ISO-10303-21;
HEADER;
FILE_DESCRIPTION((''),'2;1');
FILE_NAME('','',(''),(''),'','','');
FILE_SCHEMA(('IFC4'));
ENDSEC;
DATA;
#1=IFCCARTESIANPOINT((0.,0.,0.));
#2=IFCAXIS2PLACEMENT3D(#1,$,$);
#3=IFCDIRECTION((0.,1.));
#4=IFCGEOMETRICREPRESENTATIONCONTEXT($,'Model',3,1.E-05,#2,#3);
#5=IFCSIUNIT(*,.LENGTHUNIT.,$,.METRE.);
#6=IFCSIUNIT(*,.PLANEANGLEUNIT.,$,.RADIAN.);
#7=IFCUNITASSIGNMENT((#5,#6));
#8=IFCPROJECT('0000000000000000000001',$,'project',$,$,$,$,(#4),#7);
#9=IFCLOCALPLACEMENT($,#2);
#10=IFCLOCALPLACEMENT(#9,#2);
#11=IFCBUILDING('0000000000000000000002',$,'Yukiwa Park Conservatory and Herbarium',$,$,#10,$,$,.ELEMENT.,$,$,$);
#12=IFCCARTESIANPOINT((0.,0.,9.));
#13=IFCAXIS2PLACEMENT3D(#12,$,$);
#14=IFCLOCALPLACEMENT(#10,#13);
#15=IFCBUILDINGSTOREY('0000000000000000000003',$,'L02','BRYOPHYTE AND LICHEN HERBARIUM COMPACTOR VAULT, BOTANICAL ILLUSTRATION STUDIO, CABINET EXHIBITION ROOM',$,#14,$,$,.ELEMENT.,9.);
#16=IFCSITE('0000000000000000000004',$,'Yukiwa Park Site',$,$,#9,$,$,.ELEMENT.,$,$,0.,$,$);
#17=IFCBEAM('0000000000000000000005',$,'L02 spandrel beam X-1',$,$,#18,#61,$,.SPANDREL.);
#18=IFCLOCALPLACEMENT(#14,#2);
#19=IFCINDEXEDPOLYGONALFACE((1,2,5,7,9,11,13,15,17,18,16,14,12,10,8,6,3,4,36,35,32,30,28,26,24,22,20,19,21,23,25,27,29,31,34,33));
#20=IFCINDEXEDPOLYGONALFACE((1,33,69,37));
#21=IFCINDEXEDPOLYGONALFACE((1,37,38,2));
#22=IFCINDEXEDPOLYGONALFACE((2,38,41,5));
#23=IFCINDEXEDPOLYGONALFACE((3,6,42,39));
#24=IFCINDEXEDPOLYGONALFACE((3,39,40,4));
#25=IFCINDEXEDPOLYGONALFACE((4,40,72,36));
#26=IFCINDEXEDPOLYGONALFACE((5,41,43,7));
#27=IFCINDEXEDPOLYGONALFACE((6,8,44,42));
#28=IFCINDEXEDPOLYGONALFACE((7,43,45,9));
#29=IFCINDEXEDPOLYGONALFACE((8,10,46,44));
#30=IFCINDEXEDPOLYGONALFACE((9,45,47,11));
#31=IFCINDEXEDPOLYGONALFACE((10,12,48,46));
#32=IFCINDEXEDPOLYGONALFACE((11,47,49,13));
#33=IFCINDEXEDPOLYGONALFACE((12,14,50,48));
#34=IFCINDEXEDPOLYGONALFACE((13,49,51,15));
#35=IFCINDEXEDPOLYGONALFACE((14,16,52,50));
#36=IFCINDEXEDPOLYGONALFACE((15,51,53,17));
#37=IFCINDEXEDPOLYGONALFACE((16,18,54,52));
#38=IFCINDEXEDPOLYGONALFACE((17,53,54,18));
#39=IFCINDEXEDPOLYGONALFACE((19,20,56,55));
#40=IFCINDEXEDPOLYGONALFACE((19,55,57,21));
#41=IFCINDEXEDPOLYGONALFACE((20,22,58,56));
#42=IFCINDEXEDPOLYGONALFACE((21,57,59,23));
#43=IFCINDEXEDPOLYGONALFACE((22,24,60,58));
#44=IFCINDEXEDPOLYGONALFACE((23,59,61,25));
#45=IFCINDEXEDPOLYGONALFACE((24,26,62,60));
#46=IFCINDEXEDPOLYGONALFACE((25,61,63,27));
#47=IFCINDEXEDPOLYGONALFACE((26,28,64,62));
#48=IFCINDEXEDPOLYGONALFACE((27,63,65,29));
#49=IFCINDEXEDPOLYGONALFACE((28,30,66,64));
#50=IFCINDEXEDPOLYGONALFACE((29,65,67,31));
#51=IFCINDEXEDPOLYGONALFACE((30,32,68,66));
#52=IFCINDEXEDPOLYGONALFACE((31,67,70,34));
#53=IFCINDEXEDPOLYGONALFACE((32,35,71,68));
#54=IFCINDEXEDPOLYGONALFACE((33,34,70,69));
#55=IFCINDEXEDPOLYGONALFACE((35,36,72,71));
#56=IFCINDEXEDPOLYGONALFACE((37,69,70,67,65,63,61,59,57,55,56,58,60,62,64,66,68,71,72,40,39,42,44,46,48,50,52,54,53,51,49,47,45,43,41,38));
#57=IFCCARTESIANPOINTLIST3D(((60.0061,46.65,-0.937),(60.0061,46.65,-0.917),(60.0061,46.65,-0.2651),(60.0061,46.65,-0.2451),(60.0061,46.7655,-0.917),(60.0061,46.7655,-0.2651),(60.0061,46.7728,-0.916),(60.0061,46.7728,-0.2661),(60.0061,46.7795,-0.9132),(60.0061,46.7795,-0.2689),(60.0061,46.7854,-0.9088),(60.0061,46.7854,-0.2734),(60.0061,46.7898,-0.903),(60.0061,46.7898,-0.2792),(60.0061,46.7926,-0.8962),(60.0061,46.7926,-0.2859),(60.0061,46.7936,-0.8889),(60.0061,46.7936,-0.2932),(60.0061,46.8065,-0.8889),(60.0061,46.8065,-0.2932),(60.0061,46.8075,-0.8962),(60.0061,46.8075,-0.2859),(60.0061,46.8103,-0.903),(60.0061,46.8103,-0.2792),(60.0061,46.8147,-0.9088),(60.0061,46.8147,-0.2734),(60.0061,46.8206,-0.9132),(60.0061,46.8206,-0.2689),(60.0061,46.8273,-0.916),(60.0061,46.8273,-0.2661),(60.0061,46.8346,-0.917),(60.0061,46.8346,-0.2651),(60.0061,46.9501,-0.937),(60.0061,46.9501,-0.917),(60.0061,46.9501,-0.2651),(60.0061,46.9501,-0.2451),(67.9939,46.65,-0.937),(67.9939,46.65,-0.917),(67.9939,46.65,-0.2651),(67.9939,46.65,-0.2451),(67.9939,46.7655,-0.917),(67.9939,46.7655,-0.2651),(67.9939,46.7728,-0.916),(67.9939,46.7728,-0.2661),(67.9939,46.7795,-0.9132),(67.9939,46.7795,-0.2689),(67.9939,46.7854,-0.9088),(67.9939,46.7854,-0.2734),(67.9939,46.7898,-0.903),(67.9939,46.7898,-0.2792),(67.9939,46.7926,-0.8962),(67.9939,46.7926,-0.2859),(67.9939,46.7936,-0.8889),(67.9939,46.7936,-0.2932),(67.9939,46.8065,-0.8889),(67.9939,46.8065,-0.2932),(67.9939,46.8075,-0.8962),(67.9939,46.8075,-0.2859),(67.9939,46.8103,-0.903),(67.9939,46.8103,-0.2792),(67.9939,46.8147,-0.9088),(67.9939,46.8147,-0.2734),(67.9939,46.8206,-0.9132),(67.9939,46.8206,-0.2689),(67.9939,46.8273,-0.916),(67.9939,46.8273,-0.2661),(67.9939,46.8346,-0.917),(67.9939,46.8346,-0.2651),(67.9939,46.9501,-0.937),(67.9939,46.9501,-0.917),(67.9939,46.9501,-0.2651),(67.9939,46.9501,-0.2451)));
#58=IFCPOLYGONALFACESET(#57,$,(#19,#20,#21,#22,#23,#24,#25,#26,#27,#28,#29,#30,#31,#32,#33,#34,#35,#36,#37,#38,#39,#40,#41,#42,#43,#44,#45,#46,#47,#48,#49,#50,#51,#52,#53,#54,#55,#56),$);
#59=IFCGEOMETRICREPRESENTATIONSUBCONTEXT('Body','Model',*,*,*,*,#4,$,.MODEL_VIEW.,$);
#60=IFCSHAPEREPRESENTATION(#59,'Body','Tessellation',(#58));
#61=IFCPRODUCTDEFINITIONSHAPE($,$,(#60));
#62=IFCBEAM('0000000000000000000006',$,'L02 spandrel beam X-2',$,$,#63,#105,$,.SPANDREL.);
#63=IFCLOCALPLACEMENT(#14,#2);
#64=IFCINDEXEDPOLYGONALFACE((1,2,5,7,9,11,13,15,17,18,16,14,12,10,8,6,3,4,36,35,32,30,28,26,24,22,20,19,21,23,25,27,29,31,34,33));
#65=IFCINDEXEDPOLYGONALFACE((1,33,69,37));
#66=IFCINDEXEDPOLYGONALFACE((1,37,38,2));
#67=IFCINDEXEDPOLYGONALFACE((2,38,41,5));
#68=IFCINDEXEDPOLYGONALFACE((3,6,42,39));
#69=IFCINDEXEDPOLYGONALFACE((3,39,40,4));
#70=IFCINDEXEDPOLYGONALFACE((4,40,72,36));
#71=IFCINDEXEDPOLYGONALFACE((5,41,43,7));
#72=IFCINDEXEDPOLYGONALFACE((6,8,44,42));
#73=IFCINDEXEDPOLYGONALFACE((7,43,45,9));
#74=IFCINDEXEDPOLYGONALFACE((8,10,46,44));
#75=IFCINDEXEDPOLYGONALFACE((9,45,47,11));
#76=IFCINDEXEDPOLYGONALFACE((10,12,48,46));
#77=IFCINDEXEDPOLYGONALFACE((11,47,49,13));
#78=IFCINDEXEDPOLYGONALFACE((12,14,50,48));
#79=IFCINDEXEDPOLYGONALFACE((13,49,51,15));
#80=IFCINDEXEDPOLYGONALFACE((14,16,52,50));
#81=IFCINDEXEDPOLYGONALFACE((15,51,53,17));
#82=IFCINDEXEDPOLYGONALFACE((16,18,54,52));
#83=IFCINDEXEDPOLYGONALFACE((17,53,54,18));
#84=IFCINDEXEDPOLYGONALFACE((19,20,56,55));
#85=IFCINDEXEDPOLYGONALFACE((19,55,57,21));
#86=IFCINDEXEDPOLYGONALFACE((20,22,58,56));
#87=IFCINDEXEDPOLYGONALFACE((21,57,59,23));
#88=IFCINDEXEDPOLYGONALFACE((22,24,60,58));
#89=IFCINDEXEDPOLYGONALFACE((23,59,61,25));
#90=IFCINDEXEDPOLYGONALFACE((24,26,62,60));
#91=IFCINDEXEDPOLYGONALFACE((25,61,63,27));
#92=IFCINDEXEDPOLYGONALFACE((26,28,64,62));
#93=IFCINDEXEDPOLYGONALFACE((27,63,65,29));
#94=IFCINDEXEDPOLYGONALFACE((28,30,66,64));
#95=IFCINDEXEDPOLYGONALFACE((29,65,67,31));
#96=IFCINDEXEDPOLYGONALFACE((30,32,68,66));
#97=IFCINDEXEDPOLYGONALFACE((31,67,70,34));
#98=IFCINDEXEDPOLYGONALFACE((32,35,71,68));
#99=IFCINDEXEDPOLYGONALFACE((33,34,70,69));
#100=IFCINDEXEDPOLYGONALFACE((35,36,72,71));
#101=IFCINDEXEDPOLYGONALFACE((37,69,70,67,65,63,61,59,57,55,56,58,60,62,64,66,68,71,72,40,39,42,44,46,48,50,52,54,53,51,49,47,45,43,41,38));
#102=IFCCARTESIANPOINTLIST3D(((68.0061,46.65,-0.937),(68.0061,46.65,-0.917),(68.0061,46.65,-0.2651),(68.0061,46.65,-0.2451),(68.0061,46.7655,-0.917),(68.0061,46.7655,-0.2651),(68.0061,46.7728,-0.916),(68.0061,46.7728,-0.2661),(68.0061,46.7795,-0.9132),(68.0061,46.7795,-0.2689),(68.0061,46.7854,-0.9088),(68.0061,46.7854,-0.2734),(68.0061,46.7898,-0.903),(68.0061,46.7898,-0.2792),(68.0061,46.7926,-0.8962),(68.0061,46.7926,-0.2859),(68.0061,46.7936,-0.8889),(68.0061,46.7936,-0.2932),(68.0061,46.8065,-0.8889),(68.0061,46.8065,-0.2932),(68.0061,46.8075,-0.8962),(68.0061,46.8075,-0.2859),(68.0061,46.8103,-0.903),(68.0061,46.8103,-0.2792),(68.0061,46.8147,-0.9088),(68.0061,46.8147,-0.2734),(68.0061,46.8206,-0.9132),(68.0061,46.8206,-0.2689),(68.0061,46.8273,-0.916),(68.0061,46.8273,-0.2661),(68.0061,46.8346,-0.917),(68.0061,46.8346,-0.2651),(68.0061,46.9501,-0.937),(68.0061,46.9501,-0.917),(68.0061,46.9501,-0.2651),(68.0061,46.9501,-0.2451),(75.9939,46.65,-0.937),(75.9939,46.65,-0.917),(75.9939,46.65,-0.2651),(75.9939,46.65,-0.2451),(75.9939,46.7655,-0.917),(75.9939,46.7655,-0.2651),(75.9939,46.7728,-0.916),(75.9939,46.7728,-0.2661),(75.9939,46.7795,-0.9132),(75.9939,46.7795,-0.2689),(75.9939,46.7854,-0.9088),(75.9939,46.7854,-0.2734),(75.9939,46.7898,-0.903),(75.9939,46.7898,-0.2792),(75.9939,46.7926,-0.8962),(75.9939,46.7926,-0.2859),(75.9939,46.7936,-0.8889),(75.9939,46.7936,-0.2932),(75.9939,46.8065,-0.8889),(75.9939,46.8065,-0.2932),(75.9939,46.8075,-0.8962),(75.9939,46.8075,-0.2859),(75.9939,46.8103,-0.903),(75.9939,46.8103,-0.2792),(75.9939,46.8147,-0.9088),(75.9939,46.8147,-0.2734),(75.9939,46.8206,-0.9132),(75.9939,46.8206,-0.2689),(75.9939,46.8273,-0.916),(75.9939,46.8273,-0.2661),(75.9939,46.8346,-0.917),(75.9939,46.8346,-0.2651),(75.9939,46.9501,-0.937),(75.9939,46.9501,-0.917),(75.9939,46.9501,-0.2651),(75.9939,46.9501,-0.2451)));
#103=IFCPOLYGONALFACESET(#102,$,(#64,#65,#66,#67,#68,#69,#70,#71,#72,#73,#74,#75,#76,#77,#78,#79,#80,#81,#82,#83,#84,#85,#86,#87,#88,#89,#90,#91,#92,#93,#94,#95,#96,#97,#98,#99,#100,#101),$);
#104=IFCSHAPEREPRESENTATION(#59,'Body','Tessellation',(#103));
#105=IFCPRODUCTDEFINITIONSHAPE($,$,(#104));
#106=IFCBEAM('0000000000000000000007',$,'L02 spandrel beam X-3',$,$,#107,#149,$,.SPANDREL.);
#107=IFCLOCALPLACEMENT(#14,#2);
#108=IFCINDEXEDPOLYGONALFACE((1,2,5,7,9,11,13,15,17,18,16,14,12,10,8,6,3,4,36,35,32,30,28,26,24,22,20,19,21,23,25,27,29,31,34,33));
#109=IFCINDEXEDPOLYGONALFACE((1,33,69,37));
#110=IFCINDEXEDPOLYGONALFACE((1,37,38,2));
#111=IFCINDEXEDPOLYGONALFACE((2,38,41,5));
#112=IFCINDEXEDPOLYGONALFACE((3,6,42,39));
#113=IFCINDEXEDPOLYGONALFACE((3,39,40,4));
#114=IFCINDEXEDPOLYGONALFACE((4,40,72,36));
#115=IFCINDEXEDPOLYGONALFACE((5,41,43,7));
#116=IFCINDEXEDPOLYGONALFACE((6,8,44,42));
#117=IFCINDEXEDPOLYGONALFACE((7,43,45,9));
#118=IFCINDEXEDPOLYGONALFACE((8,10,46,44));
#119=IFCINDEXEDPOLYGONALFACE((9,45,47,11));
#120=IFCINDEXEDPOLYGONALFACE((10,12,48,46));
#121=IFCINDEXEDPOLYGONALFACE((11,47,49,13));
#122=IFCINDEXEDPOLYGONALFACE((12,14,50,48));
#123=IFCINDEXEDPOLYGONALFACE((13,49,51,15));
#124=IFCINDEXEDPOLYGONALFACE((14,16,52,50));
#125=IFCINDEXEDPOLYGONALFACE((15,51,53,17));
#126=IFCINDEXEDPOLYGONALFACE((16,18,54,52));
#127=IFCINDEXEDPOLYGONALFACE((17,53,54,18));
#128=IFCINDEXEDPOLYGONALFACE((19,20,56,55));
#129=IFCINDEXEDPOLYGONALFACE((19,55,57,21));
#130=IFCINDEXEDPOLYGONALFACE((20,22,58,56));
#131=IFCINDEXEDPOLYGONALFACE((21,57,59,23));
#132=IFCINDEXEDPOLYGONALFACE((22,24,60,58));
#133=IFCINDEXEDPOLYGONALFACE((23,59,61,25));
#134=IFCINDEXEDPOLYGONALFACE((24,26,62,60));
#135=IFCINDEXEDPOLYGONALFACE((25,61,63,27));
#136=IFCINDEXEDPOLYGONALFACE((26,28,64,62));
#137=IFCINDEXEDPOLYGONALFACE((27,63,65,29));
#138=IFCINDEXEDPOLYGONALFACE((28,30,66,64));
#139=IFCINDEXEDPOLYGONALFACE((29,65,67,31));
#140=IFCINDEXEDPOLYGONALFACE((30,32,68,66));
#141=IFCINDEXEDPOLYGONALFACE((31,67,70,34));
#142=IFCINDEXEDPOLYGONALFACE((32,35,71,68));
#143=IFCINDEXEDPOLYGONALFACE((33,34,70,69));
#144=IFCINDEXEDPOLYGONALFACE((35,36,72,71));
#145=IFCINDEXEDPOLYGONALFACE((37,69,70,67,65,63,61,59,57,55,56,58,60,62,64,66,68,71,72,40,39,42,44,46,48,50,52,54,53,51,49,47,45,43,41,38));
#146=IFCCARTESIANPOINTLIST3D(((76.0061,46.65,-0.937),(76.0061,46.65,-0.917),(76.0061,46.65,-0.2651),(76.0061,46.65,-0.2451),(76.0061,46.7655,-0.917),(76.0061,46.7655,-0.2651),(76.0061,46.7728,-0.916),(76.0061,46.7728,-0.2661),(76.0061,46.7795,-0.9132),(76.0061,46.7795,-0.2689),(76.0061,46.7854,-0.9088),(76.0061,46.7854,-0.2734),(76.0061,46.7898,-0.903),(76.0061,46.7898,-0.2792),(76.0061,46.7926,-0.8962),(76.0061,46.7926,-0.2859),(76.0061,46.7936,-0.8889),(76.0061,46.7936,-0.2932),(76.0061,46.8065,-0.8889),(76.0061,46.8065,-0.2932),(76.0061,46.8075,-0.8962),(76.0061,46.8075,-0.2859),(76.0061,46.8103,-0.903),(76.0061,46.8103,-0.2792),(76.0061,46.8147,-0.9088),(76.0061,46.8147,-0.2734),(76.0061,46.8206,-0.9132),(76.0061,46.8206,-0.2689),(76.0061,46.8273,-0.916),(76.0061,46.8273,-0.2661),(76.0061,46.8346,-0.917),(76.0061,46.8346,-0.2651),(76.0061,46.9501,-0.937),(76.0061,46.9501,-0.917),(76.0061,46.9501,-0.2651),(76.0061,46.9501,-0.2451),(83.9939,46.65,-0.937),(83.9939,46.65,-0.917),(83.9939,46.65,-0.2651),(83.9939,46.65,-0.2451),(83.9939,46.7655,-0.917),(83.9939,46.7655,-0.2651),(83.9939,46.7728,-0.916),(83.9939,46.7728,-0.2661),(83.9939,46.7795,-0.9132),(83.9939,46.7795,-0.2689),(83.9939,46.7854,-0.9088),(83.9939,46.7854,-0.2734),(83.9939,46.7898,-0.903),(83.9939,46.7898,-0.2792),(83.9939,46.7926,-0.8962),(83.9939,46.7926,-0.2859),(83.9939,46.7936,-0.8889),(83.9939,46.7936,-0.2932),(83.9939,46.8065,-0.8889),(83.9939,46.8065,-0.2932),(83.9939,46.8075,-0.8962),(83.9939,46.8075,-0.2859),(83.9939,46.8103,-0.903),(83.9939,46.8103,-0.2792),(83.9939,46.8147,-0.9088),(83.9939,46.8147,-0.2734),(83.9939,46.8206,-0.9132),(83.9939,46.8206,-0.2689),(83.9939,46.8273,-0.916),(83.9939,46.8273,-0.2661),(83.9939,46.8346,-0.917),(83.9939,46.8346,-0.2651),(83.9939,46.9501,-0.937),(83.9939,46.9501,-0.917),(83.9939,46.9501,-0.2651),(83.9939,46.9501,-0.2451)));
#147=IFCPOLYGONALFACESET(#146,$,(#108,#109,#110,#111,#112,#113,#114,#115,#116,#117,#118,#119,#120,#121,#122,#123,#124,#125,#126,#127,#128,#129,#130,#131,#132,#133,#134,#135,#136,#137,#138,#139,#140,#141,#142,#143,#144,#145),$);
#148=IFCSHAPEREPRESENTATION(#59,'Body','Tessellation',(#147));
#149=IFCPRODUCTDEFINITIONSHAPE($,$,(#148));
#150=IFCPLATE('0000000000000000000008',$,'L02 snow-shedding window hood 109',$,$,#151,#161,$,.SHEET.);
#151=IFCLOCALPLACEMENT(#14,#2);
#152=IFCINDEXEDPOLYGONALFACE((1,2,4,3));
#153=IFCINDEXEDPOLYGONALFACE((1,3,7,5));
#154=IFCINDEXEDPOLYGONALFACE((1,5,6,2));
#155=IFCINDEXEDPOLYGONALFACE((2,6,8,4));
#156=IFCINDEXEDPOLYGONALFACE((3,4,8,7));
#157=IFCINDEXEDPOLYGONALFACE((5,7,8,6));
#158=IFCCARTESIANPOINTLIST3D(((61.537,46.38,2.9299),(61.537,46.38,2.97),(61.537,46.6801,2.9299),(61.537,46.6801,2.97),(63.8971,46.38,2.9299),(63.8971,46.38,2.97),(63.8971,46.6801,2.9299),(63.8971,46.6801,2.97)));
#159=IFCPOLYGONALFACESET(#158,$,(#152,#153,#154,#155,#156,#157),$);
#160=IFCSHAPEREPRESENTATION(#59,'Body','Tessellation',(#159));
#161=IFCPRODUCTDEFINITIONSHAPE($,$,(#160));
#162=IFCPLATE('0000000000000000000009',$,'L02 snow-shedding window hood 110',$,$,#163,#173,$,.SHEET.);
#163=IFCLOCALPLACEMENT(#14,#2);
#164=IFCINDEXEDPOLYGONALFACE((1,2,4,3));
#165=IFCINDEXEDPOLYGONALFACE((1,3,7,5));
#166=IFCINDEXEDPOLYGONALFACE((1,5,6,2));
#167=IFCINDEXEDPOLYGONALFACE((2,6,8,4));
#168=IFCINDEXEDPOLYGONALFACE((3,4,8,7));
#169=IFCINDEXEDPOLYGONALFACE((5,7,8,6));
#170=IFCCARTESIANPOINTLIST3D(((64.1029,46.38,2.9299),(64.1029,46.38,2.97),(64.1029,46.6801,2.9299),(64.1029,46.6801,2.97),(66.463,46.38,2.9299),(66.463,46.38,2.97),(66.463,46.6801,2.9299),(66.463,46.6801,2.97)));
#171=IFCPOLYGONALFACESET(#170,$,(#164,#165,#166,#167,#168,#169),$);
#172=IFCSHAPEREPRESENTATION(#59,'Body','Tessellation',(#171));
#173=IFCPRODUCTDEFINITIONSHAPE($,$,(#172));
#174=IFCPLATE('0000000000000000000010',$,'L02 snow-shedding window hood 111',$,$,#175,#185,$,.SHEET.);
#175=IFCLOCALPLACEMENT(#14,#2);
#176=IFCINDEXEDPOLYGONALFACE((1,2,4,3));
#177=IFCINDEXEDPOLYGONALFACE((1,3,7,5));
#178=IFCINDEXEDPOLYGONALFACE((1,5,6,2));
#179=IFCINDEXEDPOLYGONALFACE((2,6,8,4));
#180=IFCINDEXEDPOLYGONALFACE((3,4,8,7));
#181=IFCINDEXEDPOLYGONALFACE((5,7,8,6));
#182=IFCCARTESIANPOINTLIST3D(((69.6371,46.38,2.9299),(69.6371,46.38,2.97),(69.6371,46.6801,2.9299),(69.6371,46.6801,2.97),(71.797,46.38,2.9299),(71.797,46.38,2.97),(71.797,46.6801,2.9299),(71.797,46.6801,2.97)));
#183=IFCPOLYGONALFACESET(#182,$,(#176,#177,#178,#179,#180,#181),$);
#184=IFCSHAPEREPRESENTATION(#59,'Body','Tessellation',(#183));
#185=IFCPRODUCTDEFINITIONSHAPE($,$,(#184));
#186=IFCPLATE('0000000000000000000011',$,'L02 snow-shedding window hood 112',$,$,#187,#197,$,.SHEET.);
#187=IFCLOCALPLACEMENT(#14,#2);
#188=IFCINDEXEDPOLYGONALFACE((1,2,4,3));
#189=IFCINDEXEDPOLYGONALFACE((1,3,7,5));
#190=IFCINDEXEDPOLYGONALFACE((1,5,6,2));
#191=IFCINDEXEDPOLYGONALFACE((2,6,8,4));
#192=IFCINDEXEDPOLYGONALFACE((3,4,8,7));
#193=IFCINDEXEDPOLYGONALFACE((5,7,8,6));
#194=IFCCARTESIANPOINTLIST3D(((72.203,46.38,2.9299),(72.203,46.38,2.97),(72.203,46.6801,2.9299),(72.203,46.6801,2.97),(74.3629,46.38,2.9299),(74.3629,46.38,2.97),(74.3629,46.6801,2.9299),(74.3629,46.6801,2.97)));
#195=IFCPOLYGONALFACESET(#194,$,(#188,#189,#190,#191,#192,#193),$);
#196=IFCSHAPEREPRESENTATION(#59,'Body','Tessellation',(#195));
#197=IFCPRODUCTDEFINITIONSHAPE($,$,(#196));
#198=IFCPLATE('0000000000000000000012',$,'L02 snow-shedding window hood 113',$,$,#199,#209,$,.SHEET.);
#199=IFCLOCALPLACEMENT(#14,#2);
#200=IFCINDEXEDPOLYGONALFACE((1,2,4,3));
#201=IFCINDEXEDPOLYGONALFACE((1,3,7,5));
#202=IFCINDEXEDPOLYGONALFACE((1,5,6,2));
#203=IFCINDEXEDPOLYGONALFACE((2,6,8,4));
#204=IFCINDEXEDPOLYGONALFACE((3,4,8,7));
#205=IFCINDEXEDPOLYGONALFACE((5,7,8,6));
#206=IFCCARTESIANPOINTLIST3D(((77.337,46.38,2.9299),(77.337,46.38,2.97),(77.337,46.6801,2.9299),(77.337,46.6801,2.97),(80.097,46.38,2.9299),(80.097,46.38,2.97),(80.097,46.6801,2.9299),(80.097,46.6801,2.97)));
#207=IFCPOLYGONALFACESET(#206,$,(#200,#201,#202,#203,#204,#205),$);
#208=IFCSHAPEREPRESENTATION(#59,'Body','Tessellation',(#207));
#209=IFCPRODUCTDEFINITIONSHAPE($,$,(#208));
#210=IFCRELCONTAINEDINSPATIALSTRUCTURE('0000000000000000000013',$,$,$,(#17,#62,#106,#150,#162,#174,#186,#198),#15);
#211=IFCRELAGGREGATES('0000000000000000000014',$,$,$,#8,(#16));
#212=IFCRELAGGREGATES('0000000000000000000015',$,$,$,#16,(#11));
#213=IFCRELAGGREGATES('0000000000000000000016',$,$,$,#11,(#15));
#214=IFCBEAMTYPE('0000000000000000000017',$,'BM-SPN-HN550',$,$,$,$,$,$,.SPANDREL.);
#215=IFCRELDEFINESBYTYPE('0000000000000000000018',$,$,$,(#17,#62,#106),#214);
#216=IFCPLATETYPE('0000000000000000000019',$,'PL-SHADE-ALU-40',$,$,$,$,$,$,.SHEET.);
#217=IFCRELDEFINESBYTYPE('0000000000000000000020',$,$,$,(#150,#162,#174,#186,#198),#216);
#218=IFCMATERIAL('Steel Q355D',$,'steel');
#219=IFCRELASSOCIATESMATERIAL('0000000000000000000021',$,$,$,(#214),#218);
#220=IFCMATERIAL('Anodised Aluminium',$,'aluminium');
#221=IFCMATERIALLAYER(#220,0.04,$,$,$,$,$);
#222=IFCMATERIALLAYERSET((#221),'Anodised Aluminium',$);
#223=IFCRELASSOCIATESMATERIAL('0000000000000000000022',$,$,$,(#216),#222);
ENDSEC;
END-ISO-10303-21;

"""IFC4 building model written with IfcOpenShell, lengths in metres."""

from ifc_helpers import new_model, si_unit, direction, frame, origin, origin_2d, place, context, subcontext, project, spatial, rectangle, i_section, extrude, material, layer, layer_set, material_profile, profile_set, type_object, element, save


model = new_model("IFC4")

# Units and contexts
model_context = context("Model", 3, precision=1e-05, world=origin(), true_north=direction((0.0, 1.0)))
body_context = subcontext(model_context, "Body", "Model", "MODEL_VIEW")
ifc_project = project(units=[si_unit("LENGTHUNIT", "METRE"), si_unit("PLANEANGLEUNIT", "RADIAN")], contexts=[model_context])

# Site, building, storey
site_placement = place(None, origin())
site = spatial("IfcSite", under=ifc_project, at=site_placement, Name="Yukiwa Park Site", CompositionType="ELEMENT", RefElevation=0.0)
building_placement = place(site_placement, origin())
building = spatial("IfcBuilding", under=site, at=building_placement, Name="Yukiwa Park Conservatory and Herbarium", CompositionType="ELEMENT")
storey_placement = place(building_placement, frame((0.0, 0.0, 9.0)))
storey = spatial("IfcBuildingStorey", under=building, at=storey_placement, Name="L02", Description="BRYOPHYTE AND LICHEN HERBARIUM COMPACTOR VAULT, BOTANICAL ILLUSTRATION STUDIO, CABINET EXHIBITION ROOM", CompositionType="ELEMENT", Elevation=9.0)

# Beams
ifc_material_1 = material(Name="Steel Q355D", Category="steel")
ifc_material_profile_1 = material_profile(ifc_material_1, i_section(OverallWidth=0.3, OverallDepth=0.6919, WebThickness=0.0129, FlangeThickness=0.02, FilletRadius=0.0281, at=origin_2d()), Name="HN 692x300x13x20")
ifc_profile_set_1 = profile_set([ifc_material_profile_1], Name="Steel Q355D")
beam_type_1 = type_object("IfcBeamType", Name="BM-SPN-HN550", PredefinedType="SPANDREL", material=ifc_profile_set_1)
for number, where, z_axis, x_axis, name in (
    (1, (60.0061, 46.8, -0.5911), (1.0, 0.0, 0.0), (0.0, 1.0, 0.0), "L02 spandrel beam X-1"),
    (2, (68.0061, 46.8, -0.5911), (1.0, 0.0, 0.0), (0.0, 1.0, 0.0), "L02 spandrel beam X-2"),
    (3, (76.0061, 46.8, -0.5911), (1.0, 0.0, 0.0), (0.0, 1.0, 0.0), "L02 spandrel beam X-3"),
):
    element("IfcBeam", number, at=place(storey_placement, frame(where, z_axis=z_axis, x_axis=x_axis)), inside=storey, type_object=beam_type_1, Name=name, PredefinedType="SPANDREL", context=body_context, shape_type="SweptSolid", body=[
        extrude(i_section(OverallWidth=0.3, OverallDepth=0.6919, WebThickness=0.0129, FlangeThickness=0.02, FilletRadius=0.0281, at=origin_2d()), origin(), (0.0, 0.0, 1.0), 7.9878),
    ])

# Plates
ifc_material_2 = material(Name="Anodised Aluminium", Category="aluminium")
ifc_layer_1 = layer(ifc_material_2, 0.04)
ifc_layer_set_1 = layer_set([ifc_layer_1], Name="Anodised Aluminium")
plate_type = type_object("IfcPlateType", Name="PL-SHADE-ALU-40", PredefinedType="SHEET", material=ifc_layer_set_1)
for number, where, z_axis, x_axis, name in (
    (4, (62.717, 46.53, 2.9299), (0.0, 0.0, 1.0), (1.0, 0.0, 0.0), "L02 snow-shedding window hood 109"),
    (5, (65.283, 46.53, 2.9299), (0.0, 0.0, 1.0), (1.0, 0.0, 0.0), "L02 snow-shedding window hood 110"),
):
    element("IfcPlate", number, at=place(storey_placement, frame(where, z_axis=z_axis, x_axis=x_axis)), inside=storey, type_object=plate_type, Name=name, PredefinedType="SHEET", context=body_context, shape_type="SweptSolid", body=[
        extrude(rectangle(XDim=2.3601, YDim=0.3, at=origin_2d()), origin(), (0.0, 0.0, 1.0), 0.04),
    ])
for number, where, z_axis, x_axis, name in (
    (6, (70.717, 46.53, 2.9299), (0.0, 0.0, 1.0), (1.0, 0.0, 0.0), "L02 snow-shedding window hood 111"),
    (7, (73.283, 46.53, 2.9299), (0.0, 0.0, 1.0), (1.0, 0.0, 0.0), "L02 snow-shedding window hood 112"),
):
    element("IfcPlate", number, at=place(storey_placement, frame(where, z_axis=z_axis, x_axis=x_axis)), inside=storey, type_object=plate_type, Name=name, PredefinedType="SHEET", context=body_context, shape_type="SweptSolid", body=[
        extrude(rectangle(XDim=2.1599, YDim=0.3, at=origin_2d()), origin(), (0.0, 0.0, 1.0), 0.04),
    ])
plate_placement = place(storey_placement, frame((78.717, 46.53, 2.9299), z_axis=(0.0, 0.0, 1.0), x_axis=(1.0, 0.0, 0.0)))
element("IfcPlate", 8, at=plate_placement, inside=storey, type_object=plate_type, Name="L02 snow-shedding window hood 113", PredefinedType="SHEET", context=body_context, shape_type="SweptSolid", body=[
    extrude(rectangle(XDim=2.76, YDim=0.3, at=origin_2d()), origin(), (0.0, 0.0, 1.0), 0.04),
])

save(model, "model.ifc")
